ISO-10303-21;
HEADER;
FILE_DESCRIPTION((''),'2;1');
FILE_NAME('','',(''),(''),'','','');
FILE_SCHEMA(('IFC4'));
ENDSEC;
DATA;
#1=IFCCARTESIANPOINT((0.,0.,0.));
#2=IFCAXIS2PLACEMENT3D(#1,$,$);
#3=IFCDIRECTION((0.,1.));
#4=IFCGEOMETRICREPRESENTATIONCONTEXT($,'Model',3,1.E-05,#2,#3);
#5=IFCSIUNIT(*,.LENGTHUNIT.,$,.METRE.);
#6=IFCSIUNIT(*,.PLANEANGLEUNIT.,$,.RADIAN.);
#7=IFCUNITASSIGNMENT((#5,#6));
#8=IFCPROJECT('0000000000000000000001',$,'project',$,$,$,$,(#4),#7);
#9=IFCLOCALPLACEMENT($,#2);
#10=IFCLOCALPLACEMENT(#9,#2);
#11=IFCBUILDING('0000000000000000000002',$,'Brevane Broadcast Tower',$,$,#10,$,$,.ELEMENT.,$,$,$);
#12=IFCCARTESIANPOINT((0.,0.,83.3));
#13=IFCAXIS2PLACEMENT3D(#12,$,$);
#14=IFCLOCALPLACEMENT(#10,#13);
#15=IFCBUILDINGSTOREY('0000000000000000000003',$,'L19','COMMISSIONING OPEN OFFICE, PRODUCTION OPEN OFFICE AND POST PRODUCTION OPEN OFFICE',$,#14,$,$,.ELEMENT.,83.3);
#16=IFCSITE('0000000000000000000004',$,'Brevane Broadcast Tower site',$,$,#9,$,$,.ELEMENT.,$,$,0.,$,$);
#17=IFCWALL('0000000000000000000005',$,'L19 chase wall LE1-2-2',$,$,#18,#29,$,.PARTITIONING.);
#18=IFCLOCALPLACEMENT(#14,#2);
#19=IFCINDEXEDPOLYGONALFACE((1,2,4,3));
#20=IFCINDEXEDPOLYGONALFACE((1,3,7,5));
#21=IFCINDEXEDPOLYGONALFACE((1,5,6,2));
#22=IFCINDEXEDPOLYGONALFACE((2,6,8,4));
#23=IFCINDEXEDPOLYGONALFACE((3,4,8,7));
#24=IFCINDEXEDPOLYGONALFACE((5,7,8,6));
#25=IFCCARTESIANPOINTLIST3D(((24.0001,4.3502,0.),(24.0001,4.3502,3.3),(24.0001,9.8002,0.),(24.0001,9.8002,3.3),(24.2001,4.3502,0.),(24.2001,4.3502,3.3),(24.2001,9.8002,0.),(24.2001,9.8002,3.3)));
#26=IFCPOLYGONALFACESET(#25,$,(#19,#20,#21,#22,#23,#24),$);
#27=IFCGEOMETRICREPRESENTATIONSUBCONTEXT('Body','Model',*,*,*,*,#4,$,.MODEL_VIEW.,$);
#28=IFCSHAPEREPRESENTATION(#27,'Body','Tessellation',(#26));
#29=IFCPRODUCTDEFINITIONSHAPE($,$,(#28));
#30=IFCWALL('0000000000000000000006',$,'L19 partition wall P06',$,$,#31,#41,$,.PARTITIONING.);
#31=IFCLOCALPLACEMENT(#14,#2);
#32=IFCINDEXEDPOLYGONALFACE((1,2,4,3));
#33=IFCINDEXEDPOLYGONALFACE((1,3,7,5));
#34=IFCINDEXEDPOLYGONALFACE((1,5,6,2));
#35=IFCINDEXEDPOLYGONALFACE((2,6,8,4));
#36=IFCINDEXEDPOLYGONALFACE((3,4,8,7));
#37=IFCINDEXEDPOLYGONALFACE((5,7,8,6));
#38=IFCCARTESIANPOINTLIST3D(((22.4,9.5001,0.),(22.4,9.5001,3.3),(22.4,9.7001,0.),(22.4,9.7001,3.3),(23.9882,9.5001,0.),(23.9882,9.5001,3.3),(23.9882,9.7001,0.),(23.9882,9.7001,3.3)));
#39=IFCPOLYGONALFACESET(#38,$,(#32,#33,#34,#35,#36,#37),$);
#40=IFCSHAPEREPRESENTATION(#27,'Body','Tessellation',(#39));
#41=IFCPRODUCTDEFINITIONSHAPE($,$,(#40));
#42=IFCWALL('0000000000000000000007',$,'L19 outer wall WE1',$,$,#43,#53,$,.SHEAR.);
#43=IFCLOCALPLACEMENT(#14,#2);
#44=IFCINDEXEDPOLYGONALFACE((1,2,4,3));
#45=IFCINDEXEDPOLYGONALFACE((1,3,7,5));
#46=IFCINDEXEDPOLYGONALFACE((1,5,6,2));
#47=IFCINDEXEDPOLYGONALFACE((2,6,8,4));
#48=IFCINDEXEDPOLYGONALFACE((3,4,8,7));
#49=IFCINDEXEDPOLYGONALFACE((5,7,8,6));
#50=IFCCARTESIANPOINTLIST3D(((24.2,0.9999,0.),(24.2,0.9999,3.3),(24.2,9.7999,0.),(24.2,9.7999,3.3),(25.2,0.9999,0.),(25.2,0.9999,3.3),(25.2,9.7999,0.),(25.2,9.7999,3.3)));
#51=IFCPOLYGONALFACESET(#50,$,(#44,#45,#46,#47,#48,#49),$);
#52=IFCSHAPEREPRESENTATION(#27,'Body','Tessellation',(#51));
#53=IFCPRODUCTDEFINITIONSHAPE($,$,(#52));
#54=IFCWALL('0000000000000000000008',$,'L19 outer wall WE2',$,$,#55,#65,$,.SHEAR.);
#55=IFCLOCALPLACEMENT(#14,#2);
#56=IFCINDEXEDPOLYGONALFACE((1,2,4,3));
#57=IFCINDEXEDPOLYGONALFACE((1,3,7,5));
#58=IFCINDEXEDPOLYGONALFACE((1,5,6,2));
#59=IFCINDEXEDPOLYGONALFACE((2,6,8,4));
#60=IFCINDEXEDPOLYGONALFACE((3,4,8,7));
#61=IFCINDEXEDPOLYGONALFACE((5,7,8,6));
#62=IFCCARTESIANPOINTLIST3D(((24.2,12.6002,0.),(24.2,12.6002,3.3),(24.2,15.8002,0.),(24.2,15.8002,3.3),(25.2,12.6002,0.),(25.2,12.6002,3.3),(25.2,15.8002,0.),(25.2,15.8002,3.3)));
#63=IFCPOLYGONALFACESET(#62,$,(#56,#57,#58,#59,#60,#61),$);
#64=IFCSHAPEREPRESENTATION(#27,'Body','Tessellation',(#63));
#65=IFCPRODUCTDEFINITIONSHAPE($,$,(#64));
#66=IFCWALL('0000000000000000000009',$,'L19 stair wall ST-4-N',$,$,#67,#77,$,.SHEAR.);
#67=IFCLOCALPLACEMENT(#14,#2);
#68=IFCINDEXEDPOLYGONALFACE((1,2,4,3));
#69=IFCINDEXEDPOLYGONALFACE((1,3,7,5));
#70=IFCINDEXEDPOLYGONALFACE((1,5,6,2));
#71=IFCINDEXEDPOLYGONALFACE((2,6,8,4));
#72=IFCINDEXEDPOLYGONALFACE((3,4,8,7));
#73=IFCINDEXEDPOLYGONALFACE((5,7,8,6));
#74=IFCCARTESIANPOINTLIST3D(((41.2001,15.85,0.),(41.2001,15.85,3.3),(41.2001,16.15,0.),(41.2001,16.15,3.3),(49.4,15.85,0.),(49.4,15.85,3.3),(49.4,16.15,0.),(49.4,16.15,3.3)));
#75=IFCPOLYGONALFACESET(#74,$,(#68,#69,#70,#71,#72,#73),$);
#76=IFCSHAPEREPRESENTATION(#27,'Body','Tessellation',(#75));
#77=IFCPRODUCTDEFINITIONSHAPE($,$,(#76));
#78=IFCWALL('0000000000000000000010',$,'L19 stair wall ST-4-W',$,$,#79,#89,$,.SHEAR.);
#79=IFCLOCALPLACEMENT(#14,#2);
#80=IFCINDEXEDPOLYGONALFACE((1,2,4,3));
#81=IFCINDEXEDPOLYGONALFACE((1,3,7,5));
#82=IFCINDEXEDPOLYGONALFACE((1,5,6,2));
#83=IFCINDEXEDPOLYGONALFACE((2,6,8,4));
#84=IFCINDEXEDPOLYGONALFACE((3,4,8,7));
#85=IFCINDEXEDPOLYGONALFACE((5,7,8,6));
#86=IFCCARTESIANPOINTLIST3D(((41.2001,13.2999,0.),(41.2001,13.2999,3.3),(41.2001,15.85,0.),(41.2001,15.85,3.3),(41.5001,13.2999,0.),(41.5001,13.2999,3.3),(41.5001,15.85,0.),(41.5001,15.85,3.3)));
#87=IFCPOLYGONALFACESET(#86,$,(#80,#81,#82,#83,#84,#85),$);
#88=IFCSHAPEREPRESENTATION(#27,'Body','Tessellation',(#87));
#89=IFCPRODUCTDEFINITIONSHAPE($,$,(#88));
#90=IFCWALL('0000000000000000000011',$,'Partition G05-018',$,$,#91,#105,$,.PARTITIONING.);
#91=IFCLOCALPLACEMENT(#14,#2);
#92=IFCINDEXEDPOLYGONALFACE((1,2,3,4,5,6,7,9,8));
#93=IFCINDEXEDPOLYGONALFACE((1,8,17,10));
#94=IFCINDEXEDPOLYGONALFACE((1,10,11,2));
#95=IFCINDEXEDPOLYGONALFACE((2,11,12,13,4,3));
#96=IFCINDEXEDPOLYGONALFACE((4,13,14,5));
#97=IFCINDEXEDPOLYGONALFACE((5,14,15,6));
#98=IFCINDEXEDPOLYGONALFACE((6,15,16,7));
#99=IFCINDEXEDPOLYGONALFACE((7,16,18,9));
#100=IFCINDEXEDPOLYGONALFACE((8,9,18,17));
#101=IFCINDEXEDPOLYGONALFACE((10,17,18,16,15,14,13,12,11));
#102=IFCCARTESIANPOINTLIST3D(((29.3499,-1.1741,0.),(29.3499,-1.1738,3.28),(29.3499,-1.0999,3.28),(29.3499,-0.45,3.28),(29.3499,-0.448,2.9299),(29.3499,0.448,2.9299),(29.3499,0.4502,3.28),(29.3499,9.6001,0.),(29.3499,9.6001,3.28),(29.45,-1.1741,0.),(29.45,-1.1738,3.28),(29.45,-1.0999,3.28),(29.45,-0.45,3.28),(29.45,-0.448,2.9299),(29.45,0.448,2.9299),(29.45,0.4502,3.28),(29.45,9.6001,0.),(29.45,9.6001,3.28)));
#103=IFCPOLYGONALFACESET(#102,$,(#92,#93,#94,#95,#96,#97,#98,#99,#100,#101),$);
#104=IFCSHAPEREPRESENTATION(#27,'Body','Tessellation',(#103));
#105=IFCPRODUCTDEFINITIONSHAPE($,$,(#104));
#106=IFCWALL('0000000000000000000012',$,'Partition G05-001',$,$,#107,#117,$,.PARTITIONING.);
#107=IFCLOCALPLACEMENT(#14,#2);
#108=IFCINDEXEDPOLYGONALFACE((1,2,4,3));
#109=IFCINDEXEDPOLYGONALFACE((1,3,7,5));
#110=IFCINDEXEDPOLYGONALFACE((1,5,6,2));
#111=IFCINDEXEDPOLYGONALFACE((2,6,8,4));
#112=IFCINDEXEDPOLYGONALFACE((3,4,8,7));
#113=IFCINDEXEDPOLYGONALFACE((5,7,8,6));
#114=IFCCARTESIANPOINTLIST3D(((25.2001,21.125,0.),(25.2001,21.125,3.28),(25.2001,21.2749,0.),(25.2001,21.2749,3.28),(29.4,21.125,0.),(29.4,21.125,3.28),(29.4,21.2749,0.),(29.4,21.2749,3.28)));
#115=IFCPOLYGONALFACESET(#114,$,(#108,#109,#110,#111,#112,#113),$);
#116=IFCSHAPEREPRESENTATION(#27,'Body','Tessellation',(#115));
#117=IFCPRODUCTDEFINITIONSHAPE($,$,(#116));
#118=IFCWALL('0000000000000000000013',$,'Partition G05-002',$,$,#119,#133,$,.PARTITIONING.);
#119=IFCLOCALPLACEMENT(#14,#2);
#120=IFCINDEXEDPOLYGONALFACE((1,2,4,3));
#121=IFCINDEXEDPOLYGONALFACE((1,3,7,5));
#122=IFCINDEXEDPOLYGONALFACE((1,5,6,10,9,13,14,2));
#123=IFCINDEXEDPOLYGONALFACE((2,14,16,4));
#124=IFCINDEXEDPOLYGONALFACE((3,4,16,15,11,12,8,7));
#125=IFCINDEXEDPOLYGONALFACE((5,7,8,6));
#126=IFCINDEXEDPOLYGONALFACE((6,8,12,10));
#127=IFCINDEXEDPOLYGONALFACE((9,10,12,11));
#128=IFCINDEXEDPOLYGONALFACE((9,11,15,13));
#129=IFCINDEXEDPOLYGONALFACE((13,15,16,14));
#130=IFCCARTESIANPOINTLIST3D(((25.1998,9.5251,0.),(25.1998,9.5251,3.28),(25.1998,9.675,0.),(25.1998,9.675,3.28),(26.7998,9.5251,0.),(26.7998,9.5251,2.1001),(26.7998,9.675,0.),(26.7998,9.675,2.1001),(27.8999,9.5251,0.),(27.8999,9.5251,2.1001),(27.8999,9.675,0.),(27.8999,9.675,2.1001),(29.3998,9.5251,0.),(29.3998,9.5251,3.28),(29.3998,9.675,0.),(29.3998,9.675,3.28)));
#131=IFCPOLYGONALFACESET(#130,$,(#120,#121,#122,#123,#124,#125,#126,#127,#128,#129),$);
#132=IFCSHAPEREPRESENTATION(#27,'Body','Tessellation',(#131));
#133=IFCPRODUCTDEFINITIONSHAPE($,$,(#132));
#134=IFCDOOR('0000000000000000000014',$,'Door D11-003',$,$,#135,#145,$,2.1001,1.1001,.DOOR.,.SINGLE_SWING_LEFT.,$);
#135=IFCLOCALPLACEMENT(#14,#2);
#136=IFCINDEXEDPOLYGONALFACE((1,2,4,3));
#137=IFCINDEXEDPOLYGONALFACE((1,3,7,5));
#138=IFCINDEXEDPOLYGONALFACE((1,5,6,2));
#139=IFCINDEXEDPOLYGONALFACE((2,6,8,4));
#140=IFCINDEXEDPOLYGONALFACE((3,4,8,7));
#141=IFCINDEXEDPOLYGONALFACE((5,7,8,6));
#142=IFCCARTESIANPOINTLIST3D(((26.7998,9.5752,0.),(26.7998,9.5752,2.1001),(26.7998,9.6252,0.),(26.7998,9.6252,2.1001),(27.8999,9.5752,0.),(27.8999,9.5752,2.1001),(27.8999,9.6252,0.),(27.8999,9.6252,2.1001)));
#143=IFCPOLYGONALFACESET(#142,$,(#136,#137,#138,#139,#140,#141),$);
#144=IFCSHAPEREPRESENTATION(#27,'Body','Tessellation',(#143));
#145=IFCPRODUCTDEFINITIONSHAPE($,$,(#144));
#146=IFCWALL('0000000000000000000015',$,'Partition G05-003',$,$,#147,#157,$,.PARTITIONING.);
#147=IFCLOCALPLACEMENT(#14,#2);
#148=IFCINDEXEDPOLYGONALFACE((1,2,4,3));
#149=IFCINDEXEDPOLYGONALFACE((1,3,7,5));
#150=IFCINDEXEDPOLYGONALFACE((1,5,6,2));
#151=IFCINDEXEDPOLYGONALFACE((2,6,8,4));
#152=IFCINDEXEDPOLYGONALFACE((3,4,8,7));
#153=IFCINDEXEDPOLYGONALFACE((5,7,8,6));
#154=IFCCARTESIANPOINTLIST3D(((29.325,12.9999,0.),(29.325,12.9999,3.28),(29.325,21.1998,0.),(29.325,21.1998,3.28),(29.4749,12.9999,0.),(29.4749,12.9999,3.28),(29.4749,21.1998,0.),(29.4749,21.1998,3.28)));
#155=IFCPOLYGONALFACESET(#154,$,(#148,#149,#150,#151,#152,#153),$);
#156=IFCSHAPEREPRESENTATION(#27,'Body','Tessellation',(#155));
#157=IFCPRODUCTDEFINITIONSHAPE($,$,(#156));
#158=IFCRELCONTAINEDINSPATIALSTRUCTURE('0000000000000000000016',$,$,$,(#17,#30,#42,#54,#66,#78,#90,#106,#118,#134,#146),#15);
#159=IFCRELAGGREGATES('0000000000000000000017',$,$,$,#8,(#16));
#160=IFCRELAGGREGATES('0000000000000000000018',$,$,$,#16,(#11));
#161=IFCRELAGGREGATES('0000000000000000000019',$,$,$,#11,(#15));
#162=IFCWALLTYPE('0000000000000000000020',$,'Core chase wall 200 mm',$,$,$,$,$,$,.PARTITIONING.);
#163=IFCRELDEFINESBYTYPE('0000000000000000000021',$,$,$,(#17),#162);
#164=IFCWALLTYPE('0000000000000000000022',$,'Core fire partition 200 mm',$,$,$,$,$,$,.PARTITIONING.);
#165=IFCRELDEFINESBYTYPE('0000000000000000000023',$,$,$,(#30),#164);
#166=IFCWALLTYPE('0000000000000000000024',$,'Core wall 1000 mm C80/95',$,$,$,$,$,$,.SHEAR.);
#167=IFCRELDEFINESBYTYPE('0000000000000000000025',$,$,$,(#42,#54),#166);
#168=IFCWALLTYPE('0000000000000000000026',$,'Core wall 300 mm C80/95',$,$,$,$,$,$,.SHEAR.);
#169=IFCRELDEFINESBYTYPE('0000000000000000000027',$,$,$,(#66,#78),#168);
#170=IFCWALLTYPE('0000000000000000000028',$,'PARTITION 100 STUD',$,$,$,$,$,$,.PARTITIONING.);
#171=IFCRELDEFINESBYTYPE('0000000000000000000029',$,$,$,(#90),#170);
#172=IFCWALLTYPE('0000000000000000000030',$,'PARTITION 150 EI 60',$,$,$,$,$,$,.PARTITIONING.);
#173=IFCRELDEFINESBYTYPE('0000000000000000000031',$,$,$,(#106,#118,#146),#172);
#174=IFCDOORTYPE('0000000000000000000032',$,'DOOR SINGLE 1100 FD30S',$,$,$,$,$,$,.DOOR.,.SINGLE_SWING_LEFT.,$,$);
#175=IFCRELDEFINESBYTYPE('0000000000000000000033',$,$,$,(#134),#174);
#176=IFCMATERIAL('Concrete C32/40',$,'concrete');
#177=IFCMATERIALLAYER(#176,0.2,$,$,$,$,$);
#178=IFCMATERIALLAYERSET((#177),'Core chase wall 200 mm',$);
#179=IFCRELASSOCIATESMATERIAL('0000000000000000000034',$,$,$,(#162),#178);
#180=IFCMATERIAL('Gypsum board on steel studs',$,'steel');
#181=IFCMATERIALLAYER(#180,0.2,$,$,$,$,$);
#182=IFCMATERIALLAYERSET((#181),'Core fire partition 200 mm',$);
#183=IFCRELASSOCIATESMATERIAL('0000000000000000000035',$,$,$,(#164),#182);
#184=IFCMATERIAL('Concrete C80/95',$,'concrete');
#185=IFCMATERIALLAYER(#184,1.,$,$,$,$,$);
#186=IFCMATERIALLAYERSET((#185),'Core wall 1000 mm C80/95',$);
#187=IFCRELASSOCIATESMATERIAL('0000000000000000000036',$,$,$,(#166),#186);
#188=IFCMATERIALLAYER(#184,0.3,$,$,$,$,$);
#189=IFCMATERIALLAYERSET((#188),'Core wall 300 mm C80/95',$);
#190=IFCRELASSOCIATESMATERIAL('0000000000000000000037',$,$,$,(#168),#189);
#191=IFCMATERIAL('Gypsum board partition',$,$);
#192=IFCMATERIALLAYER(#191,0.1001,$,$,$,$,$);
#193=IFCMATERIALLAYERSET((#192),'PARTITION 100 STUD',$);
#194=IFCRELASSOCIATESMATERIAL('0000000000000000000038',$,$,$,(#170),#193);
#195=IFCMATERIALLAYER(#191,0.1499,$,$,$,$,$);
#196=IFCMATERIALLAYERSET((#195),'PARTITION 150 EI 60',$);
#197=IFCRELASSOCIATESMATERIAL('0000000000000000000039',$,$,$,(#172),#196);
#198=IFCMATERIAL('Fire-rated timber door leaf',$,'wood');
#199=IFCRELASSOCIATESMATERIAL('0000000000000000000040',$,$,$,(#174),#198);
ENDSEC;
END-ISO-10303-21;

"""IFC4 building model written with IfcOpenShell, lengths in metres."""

from ifc_helpers import new_model, si_unit, direction, frame, frame_2d, origin, place, context, subcontext, project, spatial, polyline, rectangle, outline, extrude, material, layer, layer_set, type_object, element, fill, save


model = new_model("IFC4")

# Units and contexts
model_context = context("Model", 3, precision=1e-05, world=origin(), true_north=direction((0.0, 1.0)))
body_context = subcontext(model_context, "Body", "Model", "MODEL_VIEW")
ifc_project = project(units=[si_unit("LENGTHUNIT", "METRE"), si_unit("PLANEANGLEUNIT", "RADIAN")], contexts=[model_context])

# Site, building, storey
site_placement = place(None, origin())
site = spatial("IfcSite", under=ifc_project, at=site_placement, Name="Brevane Broadcast Tower site", CompositionType="ELEMENT", RefElevation=0.0)
building_placement = place(site_placement, origin())
building = spatial("IfcBuilding", under=site, at=building_placement, Name="Brevane Broadcast Tower", CompositionType="ELEMENT")
storey_placement = place(building_placement, frame((0.0, 0.0, 83.3)))
storey = spatial("IfcBuildingStorey", under=building, at=storey_placement, Name="L19", Description="COMMISSIONING OPEN OFFICE, PRODUCTION OPEN OFFICE AND POST PRODUCTION OPEN OFFICE", CompositionType="ELEMENT", Elevation=83.3)

# Shared definitions
ifc_material_1 = material(Name="Concrete C80/95", Category="concrete")

# Walls
ifc_material_2 = material(Name="Concrete C32/40", Category="concrete")
ifc_layer_1 = layer(ifc_material_2, 0.2)
ifc_layer_set_1 = layer_set([ifc_layer_1], Name="Core chase wall 200 mm")
wall_type_1 = type_object("IfcWallType", Name="Core chase wall 200 mm", PredefinedType="PARTITIONING", material=ifc_layer_set_1)
wall_1_placement = place(storey_placement, frame((24.1001, 4.3501, 0.0), z_axis=(0.0, 0.0, 1.0), x_axis=(0.0, 1.0, 0.0)))
element("IfcWall", 1, at=wall_1_placement, inside=storey, type_object=wall_type_1, Name="L19 chase wall LE1-2-2", PredefinedType="PARTITIONING", context=body_context, shape_type="SweptSolid", body=[
    extrude(rectangle(XDim=5.45, YDim=0.2, at=frame_2d((2.7251, 0.0))), origin(), (0.0, 0.0, 1.0), 3.3),
])
ifc_material_3 = material(Name="Gypsum board on steel studs", Category="steel")
ifc_layer_2 = layer(ifc_material_3, 0.2)
ifc_layer_set_2 = layer_set([ifc_layer_2], Name="Core fire partition 200 mm")
wall_type_2 = type_object("IfcWallType", Name="Core fire partition 200 mm", PredefinedType="PARTITIONING", material=ifc_layer_set_2)
wall_2_placement = place(storey_placement, frame((23.988, 9.6001, 0.0), z_axis=(0.0, 0.0, 1.0), x_axis=(-1.0, 0.0, 0.0)))
element("IfcWall", 2, at=wall_2_placement, inside=storey, type_object=wall_type_2, Name="L19 partition wall P06", PredefinedType="PARTITIONING", context=body_context, shape_type="SweptSolid", body=[
    extrude(rectangle(XDim=1.5881, YDim=0.2, at=frame_2d((0.7939, 0.0))), origin(), (0.0, 0.0, 1.0), 3.3),
])
ifc_layer_3 = layer(ifc_material_1, 1.0)
ifc_layer_set_3 = layer_set([ifc_layer_3], Name="Core wall 1000 mm C80/95")
wall_type_3 = type_object("IfcWallType", Name="Core wall 1000 mm C80/95", PredefinedType="SHEAR", material=ifc_layer_set_3)
wall_3_placement = place(storey_placement, frame((24.7, 1.0, 0.0), z_axis=(0.0, 0.0, 1.0), x_axis=(0.0, 1.0, 0.0)))
element("IfcWall", 3, at=wall_3_placement, inside=storey, type_object=wall_type_3, Name="L19 outer wall WE1", PredefinedType="SHEAR", context=body_context, shape_type="SweptSolid", body=[
    extrude(rectangle(XDim=8.8, YDim=1.0, at=frame_2d((4.3999, 0.0))), origin(), (0.0, 0.0, 1.0), 3.3),
])
wall_4_placement = place(storey_placement, frame((24.7, 12.6001, 0.0), z_axis=(0.0, 0.0, 1.0), x_axis=(0.0, 1.0, 0.0)))
element("IfcWall", 4, at=wall_4_placement, inside=storey, type_object=wall_type_3, Name="L19 outer wall WE2", PredefinedType="SHEAR", context=body_context, shape_type="SweptSolid", body=[
    extrude(rectangle(XDim=3.2, YDim=1.0, at=frame_2d((1.6001, 0.0))), origin(), (0.0, 0.0, 1.0), 3.3),
])
ifc_layer_4 = layer(ifc_material_1, 0.3)
ifc_layer_set_4 = layer_set([ifc_layer_4], Name="Core wall 300 mm C80/95")
wall_type_4 = type_object("IfcWallType", Name="Core wall 300 mm C80/95", PredefinedType="SHEAR", material=ifc_layer_set_4)
wall_5_placement = place(storey_placement, frame((41.2, 16.0, 0.0), z_axis=(0.0, 0.0, 1.0), x_axis=(1.0, 0.0, 0.0)))
element("IfcWall", 5, at=wall_5_placement, inside=storey, type_object=wall_type_4, Name="L19 stair wall ST-4-N", PredefinedType="SHEAR", context=body_context, shape_type="SweptSolid", body=[
    extrude(rectangle(XDim=8.2, YDim=0.3, at=frame_2d((4.1001, 0.0))), origin(), (0.0, 0.0, 1.0), 3.3),
])
wall_6_placement = place(storey_placement, frame((41.3501, 13.3, 0.0), z_axis=(0.0, 0.0, 1.0), x_axis=(0.0, 1.0, 0.0)))
element("IfcWall", 6, at=wall_6_placement, inside=storey, type_object=wall_type_4, Name="L19 stair wall ST-4-W", PredefinedType="SHEAR", context=body_context, shape_type="SweptSolid", body=[
    extrude(rectangle(XDim=2.55, YDim=0.3, at=frame_2d((1.2749, 0.0))), origin(), (0.0, 0.0, 1.0), 3.3),
])
ifc_material_4 = material(Name="Gypsum board partition")
ifc_layer_5 = layer(ifc_material_4, 0.1001)
ifc_layer_set_5 = layer_set([ifc_layer_5], Name="PARTITION 100 STUD")
wall_type_5 = type_object("IfcWallType", Name="PARTITION 100 STUD", PredefinedType="PARTITIONING", material=ifc_layer_set_5)
wall_7_placement = place(storey_placement, frame((29.3999, 9.6001, 0.0), z_axis=(0.0, 0.0, 1.0), x_axis=(0.0, -1.0, 0.0)))
element("IfcWall", 7, at=wall_7_placement, inside=storey, type_object=wall_type_5, Name="Partition G05-018", PredefinedType="PARTITIONING", context=body_context, shape_type="SweptSolid", body=[
    extrude(outline(polyline([(0.0, 0.0), (10.7742, 0.0), (10.7739, 3.28), (10.7, 3.28), (10.05, 3.28), (10.0481, 2.9299), (9.1521, 2.9299), (9.1499, 3.28), (0.0, 3.28), (0.0, 0.0)])), frame((0.0, 0.05, 0.0), z_axis=(0.0, -1.0, 0.0), x_axis=(1.0, 0.0, 0.0)), (0.0, 0.0, 1.0), 0.1001),
])
ifc_layer_6 = layer(ifc_material_4, 0.1499)
ifc_layer_set_6 = layer_set([ifc_layer_6], Name="PARTITION 150 EI 60")
wall_type_6 = type_object("IfcWallType", Name="PARTITION 150 EI 60", PredefinedType="PARTITIONING", material=ifc_layer_set_6)
wall_8_placement = place(storey_placement, frame((25.2, 21.2, 0.0), z_axis=(0.0, 0.0, 1.0), x_axis=(1.0, 0.0, 0.0)))
element("IfcWall", 8, at=wall_8_placement, inside=storey, type_object=wall_type_6, Name="Partition G05-001", PredefinedType="PARTITIONING", context=body_context, shape_type="SweptSolid", body=[
    extrude(rectangle(XDim=4.2, YDim=0.1499, at=frame_2d((2.1001, 0.0))), origin(), (0.0, 0.0, 1.0), 3.28),
])

# Wall, opening, door
wall_9_placement = place(storey_placement, frame((29.3999, 9.6001, 0.0), z_axis=(0.0, 0.0, 1.0), x_axis=(-1.0, 0.0, 0.0)))
wall_9 = element("IfcWall", 9, at=wall_9_placement, inside=storey, type_object=wall_type_6, Name="Partition G05-002", PredefinedType="PARTITIONING", context=body_context, shape_type="SweptSolid", body=[
    extrude(rectangle(XDim=4.2, YDim=0.1499, at=frame_2d((2.1001, 0.0))), origin(), (0.0, 0.0, 1.0), 3.28),
])
opening_1_placement = place(wall_9_placement, frame((1.5, 0.0, 0.0)))
opening_1 = element("IfcOpeningElement", 10, at=opening_1_placement, cuts=wall_9, PredefinedType="OPENING", context=body_context, shape_type="SweptSolid", body=[
    extrude(rectangle(XDim=1.1001, YDim=2.1001, at=frame_2d((0.55, 1.05))), frame((0.0, 0.085, 0.0), z_axis=(0.0, -1.0, 0.0), x_axis=(1.0, 0.0, 0.0)), (0.0, 0.0, 1.0), 0.1699),
])
ifc_material_5 = material(Name="Fire-rated timber door leaf", Category="wood")
door_type_1 = type_object("IfcDoorType", Name="DOOR SINGLE 1100 FD30S", OperationType="SINGLE_SWING_LEFT", PredefinedType="DOOR", material=ifc_material_5)
door_1_placement = place(opening_1_placement, origin())
door_1 = element("IfcDoor", 11, at=door_1_placement, inside=storey, type_object=door_type_1, Name="Door D11-003", OperationType="SINGLE_SWING_LEFT", OverallHeight=2.1001, OverallWidth=1.1001, PredefinedType="DOOR", context=body_context, shape_type="SweptSolid", body=[
    extrude(rectangle(XDim=1.1001, YDim=2.1001, at=frame_2d((0.55, 1.05))), frame((0.0, 0.0249, 0.0), z_axis=(0.0, -1.0, 0.0), x_axis=(1.0, 0.0, 0.0)), (0.0, 0.0, 1.0), 0.05),
])
fill(opening_1, door_1)

# Wall
wall_10_placement = place(storey_placement, frame((29.3999, 21.2, 0.0), z_axis=(0.0, 0.0, 1.0), x_axis=(0.0, -1.0, 0.0)))
element("IfcWall", 12, at=wall_10_placement, inside=storey, type_object=wall_type_6, Name="Partition G05-003", PredefinedType="PARTITIONING", context=body_context, shape_type="SweptSolid", body=[
    extrude(rectangle(XDim=8.2, YDim=0.1499, at=frame_2d((4.1001, 0.0))), origin(), (0.0, 0.0, 1.0), 3.28),
])

save(model, "model.ifc")
